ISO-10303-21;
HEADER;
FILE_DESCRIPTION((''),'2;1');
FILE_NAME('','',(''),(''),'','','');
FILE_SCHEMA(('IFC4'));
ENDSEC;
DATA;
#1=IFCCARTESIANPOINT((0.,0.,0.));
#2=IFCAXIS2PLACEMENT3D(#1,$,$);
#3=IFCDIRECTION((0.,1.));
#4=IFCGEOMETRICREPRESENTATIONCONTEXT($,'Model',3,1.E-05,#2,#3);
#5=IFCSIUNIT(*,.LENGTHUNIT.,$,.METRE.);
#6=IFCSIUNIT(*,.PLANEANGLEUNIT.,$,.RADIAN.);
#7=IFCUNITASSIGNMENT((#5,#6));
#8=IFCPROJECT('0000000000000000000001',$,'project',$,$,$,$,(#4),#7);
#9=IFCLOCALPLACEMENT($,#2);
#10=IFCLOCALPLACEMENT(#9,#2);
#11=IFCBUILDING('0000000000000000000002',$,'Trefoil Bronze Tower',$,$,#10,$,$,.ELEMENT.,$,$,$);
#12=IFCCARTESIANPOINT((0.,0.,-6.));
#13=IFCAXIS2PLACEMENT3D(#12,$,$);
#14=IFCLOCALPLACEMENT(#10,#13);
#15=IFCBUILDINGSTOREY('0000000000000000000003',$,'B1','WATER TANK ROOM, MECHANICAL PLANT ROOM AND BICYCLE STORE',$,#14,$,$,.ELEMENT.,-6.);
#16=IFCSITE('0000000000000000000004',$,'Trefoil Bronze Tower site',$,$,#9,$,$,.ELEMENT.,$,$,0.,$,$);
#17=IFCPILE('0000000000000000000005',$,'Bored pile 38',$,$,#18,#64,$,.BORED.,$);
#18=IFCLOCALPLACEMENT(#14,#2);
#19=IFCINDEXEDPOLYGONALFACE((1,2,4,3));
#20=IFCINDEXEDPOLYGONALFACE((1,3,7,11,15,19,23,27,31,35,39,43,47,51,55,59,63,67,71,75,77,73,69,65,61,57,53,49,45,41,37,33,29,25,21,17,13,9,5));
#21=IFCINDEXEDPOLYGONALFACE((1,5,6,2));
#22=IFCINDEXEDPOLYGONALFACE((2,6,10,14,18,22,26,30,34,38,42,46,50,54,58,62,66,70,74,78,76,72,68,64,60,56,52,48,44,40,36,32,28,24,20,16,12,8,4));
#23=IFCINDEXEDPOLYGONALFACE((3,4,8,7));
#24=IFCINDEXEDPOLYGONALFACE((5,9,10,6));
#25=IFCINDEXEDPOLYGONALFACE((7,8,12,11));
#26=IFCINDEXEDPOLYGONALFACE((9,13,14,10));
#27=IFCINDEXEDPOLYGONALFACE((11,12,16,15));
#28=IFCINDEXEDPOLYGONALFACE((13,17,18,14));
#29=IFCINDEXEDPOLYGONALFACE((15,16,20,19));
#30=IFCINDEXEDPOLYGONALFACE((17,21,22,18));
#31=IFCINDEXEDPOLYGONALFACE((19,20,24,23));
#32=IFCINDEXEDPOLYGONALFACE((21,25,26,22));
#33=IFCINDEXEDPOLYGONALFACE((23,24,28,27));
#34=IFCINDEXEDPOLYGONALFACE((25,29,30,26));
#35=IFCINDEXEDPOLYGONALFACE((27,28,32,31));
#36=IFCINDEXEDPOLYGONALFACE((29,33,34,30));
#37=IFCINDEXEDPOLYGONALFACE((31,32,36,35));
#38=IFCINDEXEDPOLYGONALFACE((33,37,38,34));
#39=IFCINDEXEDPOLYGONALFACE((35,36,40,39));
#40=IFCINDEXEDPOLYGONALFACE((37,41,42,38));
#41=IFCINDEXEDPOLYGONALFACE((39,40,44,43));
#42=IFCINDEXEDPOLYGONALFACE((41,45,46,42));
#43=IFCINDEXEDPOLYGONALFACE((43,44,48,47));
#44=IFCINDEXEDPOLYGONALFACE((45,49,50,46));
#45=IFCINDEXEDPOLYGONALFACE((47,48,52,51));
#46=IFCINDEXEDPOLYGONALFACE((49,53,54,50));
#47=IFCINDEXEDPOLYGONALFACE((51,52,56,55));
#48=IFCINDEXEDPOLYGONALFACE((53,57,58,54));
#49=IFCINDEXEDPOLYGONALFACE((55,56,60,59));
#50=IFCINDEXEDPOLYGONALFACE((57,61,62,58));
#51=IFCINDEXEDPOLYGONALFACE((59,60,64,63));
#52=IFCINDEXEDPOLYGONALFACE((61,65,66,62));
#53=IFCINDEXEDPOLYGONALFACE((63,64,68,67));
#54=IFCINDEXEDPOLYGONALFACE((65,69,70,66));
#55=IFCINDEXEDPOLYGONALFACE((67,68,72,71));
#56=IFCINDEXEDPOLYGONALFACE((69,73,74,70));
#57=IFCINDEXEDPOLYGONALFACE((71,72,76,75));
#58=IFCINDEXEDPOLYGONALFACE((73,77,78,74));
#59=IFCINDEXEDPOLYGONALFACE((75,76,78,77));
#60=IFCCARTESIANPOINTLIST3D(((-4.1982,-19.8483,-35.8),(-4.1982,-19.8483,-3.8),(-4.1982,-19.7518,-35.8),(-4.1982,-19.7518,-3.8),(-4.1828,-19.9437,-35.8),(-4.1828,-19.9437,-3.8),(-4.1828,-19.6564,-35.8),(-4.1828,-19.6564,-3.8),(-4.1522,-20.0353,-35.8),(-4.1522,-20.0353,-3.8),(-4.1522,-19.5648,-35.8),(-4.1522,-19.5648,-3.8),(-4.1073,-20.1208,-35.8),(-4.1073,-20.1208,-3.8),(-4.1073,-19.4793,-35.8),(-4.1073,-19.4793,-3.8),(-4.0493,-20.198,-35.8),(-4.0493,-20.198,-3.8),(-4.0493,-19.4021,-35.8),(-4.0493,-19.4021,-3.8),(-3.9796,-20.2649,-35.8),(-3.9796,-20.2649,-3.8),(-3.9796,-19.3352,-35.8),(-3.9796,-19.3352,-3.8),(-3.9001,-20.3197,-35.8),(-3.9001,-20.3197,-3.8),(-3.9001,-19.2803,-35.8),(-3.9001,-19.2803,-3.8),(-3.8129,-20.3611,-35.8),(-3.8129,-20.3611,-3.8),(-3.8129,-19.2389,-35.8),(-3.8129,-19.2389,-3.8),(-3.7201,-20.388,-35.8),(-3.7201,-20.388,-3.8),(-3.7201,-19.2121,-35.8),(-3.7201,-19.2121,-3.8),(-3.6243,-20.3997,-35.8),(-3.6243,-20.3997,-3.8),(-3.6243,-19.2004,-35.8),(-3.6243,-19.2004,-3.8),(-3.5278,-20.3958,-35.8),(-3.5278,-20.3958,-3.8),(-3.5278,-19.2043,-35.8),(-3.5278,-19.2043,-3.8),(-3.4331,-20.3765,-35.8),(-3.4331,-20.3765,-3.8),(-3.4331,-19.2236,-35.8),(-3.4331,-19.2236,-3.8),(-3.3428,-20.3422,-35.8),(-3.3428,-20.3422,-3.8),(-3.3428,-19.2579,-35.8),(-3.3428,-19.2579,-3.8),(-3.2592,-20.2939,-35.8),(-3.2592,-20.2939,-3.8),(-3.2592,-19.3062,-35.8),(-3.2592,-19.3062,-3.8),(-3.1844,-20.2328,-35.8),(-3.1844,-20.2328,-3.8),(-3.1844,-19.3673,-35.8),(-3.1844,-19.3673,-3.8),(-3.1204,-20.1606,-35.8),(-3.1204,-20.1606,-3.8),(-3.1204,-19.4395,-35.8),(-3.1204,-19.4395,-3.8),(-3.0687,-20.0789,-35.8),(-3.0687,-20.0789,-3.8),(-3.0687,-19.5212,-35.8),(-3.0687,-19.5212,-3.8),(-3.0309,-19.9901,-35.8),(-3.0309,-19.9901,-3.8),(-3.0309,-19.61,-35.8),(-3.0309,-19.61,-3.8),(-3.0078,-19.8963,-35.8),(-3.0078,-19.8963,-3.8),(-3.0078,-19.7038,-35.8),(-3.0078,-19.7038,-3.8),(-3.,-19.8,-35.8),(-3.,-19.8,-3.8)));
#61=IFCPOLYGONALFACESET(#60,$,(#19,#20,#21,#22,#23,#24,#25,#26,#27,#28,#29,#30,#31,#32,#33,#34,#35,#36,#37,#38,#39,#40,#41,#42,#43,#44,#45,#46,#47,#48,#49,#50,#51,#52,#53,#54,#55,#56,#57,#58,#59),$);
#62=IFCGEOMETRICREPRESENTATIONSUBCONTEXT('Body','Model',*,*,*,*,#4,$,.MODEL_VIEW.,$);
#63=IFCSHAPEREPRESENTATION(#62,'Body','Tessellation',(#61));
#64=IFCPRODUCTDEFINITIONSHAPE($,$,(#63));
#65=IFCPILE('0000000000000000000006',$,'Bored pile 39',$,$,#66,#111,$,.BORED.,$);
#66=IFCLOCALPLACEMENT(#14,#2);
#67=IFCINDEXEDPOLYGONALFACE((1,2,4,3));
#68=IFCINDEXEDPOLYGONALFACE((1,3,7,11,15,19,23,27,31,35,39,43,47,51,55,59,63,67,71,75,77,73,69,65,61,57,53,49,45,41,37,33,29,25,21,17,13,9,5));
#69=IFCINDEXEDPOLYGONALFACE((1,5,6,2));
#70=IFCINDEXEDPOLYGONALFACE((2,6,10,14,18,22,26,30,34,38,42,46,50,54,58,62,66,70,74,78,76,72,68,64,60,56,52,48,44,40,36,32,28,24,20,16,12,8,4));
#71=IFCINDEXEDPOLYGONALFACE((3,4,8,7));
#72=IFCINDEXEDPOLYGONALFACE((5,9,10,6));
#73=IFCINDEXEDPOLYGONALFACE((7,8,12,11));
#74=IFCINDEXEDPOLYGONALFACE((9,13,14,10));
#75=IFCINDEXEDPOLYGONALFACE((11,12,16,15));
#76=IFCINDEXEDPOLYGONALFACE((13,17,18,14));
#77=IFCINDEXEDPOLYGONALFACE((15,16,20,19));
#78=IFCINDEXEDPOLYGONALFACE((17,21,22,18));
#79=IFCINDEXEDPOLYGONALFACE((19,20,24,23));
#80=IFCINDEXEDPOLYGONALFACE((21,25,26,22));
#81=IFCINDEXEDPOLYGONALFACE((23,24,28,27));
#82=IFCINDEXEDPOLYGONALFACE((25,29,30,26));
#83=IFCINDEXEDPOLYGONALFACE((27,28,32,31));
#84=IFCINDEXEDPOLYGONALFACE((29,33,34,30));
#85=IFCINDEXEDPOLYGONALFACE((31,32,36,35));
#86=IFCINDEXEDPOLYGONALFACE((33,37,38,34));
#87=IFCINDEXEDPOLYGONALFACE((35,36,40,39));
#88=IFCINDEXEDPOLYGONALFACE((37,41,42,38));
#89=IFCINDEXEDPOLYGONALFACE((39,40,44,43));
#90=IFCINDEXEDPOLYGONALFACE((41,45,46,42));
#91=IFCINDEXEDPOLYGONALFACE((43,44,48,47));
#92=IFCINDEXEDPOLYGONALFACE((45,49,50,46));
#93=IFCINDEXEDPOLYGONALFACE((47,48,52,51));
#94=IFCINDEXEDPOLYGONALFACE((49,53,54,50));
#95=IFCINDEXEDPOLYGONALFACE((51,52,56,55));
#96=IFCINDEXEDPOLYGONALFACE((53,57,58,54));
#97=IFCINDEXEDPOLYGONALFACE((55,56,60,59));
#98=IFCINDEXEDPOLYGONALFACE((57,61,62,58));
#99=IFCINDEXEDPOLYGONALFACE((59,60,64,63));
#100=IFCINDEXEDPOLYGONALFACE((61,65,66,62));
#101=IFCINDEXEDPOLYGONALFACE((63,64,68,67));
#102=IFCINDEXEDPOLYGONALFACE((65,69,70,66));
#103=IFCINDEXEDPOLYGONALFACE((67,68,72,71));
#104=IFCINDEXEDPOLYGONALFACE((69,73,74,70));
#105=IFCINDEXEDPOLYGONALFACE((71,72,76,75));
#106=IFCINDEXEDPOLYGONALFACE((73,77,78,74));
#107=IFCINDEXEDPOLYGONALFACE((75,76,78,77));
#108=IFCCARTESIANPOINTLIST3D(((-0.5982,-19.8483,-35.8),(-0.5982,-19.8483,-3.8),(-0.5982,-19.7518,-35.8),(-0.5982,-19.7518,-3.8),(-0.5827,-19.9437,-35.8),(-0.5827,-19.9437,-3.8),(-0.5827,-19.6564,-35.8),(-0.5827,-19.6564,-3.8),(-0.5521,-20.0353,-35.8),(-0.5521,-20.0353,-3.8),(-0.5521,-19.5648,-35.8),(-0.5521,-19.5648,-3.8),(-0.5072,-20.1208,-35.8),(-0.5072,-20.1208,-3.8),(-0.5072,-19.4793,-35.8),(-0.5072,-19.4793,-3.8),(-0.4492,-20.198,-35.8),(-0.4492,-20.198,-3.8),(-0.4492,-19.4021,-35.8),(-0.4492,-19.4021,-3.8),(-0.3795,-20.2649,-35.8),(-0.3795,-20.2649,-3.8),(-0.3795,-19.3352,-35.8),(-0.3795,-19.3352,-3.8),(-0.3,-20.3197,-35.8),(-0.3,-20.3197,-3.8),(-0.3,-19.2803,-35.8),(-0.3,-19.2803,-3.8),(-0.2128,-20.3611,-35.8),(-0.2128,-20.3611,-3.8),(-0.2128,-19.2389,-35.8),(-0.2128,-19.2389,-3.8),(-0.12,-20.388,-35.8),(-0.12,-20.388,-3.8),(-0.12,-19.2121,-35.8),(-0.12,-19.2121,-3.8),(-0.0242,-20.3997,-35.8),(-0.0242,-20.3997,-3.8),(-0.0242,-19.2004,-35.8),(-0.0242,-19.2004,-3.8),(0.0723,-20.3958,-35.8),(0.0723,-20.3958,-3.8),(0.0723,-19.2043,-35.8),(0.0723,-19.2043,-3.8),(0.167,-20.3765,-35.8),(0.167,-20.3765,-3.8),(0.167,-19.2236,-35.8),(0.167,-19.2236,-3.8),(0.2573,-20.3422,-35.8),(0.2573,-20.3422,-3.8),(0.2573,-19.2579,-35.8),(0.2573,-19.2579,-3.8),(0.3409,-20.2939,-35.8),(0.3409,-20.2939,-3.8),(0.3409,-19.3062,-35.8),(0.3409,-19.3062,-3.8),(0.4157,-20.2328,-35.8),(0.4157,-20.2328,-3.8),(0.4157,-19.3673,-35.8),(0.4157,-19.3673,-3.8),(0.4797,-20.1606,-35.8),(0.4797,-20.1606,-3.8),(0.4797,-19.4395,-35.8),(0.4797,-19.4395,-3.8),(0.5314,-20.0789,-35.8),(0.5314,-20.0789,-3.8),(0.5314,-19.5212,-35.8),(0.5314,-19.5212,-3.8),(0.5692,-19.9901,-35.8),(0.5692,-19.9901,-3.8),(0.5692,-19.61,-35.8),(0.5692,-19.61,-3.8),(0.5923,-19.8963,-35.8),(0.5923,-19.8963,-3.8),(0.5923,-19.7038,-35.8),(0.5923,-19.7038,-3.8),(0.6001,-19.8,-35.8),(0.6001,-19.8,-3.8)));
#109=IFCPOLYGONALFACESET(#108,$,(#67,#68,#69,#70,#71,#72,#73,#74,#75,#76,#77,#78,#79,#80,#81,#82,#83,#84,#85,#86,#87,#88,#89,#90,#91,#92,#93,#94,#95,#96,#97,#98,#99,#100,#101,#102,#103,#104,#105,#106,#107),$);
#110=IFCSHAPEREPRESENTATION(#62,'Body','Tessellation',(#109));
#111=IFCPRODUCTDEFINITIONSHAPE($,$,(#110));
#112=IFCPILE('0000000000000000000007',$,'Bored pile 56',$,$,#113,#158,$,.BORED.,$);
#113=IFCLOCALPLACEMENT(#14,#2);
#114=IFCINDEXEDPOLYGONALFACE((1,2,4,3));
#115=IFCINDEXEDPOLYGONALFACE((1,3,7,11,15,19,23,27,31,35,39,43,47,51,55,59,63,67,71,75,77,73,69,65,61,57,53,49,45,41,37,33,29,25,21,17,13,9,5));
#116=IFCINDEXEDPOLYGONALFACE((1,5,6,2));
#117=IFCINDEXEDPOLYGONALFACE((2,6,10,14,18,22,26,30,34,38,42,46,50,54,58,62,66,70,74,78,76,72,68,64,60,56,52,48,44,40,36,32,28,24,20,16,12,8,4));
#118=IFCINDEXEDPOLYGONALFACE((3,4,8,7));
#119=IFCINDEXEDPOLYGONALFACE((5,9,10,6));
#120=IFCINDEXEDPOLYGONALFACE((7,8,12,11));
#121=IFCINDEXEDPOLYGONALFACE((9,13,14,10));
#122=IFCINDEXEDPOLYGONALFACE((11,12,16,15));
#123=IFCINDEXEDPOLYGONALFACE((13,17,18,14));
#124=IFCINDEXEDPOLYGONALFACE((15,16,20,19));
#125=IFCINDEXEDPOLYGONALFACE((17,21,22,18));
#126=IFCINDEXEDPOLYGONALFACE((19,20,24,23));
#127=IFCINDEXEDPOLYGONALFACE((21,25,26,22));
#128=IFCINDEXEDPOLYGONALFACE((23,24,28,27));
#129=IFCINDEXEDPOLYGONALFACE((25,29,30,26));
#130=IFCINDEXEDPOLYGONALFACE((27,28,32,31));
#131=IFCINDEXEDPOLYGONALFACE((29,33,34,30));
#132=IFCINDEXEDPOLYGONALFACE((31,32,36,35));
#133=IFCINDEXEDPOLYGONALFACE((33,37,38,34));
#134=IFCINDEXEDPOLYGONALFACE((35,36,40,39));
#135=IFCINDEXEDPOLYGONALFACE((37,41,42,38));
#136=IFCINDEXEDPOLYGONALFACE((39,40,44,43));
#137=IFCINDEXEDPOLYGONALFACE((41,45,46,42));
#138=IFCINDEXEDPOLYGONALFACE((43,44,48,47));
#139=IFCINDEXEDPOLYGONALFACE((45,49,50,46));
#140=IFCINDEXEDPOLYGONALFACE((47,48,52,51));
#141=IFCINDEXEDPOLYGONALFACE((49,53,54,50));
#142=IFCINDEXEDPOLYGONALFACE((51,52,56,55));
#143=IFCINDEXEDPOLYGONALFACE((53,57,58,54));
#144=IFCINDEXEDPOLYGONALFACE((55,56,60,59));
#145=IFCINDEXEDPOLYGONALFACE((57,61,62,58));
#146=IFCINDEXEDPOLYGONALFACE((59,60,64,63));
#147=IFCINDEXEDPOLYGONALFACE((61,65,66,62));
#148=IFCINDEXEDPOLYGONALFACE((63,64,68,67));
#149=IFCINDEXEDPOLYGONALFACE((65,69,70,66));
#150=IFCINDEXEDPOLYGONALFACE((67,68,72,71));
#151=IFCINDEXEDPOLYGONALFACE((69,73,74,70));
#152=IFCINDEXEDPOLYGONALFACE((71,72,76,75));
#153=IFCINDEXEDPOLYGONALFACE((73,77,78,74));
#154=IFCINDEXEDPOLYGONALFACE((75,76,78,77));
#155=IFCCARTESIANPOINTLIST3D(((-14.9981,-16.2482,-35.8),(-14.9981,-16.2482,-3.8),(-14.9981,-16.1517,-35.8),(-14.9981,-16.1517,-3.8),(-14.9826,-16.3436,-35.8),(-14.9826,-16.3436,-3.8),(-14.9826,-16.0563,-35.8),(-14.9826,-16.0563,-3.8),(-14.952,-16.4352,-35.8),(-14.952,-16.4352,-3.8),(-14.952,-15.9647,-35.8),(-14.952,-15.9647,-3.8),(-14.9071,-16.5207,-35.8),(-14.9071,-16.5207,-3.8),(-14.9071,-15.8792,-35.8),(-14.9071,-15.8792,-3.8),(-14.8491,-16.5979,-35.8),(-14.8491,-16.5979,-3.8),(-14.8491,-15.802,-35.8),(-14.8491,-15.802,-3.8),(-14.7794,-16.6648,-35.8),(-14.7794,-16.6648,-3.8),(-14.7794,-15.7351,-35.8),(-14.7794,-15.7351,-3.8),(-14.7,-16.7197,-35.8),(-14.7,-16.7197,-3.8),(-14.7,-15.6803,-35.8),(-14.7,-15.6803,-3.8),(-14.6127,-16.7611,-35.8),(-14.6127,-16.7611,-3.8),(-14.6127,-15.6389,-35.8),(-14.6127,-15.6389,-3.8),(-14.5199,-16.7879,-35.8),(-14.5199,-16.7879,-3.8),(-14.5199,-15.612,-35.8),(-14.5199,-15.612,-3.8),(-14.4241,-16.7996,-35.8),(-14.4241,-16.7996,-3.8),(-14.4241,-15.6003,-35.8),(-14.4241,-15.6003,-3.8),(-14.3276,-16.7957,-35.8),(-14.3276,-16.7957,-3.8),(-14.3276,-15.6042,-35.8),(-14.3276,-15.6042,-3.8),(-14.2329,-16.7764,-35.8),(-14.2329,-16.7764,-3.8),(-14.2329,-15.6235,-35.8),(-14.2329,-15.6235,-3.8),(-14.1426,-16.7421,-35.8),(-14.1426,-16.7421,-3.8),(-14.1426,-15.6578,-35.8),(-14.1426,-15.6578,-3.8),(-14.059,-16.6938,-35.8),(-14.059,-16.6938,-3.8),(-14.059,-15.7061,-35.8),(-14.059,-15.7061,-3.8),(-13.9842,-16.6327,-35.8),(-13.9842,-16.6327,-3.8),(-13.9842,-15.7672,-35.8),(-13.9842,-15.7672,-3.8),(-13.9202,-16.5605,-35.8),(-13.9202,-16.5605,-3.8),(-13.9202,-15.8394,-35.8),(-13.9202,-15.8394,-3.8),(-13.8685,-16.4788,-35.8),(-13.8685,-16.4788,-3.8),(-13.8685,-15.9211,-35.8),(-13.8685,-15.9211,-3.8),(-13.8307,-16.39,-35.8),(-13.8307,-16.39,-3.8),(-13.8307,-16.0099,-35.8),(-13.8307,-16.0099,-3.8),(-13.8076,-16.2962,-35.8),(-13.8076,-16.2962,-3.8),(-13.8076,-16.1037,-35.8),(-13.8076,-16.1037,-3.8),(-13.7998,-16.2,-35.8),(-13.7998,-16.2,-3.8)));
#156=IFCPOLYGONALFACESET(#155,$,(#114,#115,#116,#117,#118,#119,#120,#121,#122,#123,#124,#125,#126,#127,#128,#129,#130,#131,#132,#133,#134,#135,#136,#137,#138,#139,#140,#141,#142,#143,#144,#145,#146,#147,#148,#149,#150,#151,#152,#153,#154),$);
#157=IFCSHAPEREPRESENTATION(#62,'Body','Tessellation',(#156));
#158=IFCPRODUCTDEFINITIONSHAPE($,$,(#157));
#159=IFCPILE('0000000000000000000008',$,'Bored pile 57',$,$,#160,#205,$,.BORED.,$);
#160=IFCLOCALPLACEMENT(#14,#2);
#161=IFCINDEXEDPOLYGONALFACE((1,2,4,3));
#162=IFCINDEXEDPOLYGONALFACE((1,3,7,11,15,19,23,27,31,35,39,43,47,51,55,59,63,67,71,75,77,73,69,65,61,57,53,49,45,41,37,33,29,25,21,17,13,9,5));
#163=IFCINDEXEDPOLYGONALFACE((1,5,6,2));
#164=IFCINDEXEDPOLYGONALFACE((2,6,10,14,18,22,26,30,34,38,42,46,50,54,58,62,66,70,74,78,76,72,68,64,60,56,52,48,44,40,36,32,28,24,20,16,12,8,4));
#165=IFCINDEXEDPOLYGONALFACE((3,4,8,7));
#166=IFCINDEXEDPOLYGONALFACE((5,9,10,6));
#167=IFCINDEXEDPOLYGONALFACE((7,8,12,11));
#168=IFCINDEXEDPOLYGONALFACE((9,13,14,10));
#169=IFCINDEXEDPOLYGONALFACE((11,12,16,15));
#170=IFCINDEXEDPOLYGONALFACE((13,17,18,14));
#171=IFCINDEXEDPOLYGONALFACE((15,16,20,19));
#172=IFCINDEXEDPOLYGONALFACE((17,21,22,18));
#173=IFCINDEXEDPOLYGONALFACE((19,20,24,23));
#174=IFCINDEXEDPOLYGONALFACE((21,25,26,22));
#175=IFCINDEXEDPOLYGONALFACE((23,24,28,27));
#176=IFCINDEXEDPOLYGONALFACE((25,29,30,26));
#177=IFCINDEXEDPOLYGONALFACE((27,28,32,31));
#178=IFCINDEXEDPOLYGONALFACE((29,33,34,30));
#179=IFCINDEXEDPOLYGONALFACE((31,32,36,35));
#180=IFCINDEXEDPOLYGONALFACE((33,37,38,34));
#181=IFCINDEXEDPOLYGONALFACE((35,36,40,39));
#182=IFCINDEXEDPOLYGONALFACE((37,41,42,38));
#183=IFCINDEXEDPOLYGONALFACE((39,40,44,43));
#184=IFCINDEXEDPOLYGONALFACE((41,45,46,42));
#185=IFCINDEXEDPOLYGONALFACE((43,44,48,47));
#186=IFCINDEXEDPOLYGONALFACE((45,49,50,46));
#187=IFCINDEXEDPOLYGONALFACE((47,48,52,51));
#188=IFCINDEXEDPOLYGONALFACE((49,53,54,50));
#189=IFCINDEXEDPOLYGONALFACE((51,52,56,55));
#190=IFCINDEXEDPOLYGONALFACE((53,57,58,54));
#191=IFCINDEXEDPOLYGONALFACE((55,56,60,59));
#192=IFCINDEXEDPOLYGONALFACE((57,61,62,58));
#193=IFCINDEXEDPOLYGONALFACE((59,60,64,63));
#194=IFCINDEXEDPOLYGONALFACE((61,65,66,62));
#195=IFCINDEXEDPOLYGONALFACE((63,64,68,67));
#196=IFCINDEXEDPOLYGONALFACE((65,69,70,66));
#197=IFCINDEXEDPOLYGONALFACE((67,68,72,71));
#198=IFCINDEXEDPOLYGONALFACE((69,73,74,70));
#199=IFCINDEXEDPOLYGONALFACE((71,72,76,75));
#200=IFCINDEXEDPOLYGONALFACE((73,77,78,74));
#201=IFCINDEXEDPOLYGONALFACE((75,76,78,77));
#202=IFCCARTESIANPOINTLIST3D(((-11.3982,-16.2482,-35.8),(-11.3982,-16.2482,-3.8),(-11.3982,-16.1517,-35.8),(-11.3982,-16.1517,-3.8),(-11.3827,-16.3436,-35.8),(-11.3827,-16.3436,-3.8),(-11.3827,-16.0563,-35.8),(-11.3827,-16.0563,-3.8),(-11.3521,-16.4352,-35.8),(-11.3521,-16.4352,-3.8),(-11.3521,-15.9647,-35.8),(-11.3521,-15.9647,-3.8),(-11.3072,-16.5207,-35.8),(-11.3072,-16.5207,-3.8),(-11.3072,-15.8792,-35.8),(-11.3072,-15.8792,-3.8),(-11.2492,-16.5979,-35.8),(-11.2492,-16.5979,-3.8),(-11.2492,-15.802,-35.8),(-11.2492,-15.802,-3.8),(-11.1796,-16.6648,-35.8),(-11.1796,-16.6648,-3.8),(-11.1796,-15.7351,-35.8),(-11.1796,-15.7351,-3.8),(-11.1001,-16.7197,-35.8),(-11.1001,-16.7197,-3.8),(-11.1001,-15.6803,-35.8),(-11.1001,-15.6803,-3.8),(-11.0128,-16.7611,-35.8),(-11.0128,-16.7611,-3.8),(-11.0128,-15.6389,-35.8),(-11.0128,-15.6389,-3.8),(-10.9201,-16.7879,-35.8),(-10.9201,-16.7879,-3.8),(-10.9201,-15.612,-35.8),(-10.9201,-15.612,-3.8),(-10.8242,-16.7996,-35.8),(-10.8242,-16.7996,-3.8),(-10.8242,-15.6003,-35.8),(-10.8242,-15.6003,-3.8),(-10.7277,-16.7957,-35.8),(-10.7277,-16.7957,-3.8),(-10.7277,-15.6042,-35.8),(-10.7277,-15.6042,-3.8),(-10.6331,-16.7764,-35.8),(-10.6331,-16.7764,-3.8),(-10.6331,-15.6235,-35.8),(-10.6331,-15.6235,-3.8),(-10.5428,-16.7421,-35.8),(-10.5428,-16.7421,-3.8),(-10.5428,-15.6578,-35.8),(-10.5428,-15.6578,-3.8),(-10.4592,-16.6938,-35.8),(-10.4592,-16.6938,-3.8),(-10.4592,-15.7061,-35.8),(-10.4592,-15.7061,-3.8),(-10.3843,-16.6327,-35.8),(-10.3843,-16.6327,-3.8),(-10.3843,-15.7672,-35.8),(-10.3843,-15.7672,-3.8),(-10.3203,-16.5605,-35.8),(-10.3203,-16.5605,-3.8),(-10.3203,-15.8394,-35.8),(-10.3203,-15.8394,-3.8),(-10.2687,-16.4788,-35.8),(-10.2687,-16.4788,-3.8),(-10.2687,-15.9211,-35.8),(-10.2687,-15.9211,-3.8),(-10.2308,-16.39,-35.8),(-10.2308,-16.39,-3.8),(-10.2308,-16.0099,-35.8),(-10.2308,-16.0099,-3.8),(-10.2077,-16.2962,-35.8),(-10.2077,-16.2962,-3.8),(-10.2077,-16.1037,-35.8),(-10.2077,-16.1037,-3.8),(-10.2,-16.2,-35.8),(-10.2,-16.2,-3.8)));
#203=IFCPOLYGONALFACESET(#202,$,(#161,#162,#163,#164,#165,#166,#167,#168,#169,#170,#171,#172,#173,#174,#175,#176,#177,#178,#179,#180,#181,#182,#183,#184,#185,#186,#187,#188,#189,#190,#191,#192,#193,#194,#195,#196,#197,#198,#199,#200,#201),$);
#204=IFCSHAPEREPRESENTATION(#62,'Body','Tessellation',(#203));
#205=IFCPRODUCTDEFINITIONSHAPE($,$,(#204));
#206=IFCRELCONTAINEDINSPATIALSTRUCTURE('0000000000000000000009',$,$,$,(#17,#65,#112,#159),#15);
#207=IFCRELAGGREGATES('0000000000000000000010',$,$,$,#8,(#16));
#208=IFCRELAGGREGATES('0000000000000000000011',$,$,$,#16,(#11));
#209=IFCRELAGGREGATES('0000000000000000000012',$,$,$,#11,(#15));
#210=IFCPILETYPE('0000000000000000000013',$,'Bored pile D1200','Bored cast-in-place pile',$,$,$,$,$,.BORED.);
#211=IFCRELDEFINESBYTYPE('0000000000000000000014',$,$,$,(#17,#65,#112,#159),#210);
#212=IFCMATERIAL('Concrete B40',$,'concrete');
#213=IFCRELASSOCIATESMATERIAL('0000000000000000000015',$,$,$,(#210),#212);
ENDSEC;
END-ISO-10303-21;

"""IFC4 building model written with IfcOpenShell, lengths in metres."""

from ifc_helpers import new_model, si_unit, direction, frame, origin, origin_2d, place, context, subcontext, project, spatial, circle, extrude, material, type_object, element, save


model = new_model("IFC4")

# Units and contexts
model_context = context("Model", 3, precision=1e-05, world=origin(), true_north=direction((0.0, 1.0)))
body_context = subcontext(model_context, "Body", "Model", "MODEL_VIEW")
ifc_project = project(units=[si_unit("LENGTHUNIT", "METRE"), si_unit("PLANEANGLEUNIT", "RADIAN")], contexts=[model_context])

# Site, building, storey
site_placement = place(None, origin())
site = spatial("IfcSite", under=ifc_project, at=site_placement, Name="Trefoil Bronze Tower site", CompositionType="ELEMENT", RefElevation=0.0)
building_placement = place(site_placement, origin())
building = spatial("IfcBuilding", under=site, at=building_placement, Name="Trefoil Bronze Tower", CompositionType="ELEMENT")
storey_placement = place(building_placement, frame((0.0, 0.0, -6.0)))
storey = spatial("IfcBuildingStorey", under=building, at=storey_placement, Name="B1", Description="WATER TANK ROOM, MECHANICAL PLANT ROOM AND BICYCLE STORE", CompositionType="ELEMENT", Elevation=-6.0)

# Piles
ifc_material_1 = material(Name="Concrete B40", Category="concrete")
pile_type = type_object("IfcPileType", Name="Bored pile D1200", Description="Bored cast-in-place pile", PredefinedType="BORED", material=ifc_material_1)
for number, where, z_axis, x_axis, name in (
    (1, (-3.6001, -19.8, -3.8), (0.0, 0.0, -1.0), (1.0, 0.0, 0.0), "Bored pile 38"),
    (2, (0.0, -19.8, -3.8), (0.0, 0.0, -1.0), (1.0, 0.0, 0.0), "Bored pile 39"),
    (3, (-14.3999, -16.2, -3.8), (0.0, 0.0, -1.0), (1.0, 0.0, 0.0), "Bored pile 56"),
    (4, (-10.8, -16.2, -3.8), (0.0, 0.0, -1.0), (1.0, 0.0, 0.0), "Bored pile 57"),
):
    element("IfcPile", number, at=place(storey_placement, frame(where, z_axis=z_axis, x_axis=x_axis)), inside=storey, type_object=pile_type, Name=name, PredefinedType="BORED", context=body_context, shape_type="SweptSolid", body=[
        extrude(circle(Radius=0.6001, at=origin_2d()), origin(), (0.0, 0.0, 1.0), 32.0),
    ])

save(model, "model.ifc")
